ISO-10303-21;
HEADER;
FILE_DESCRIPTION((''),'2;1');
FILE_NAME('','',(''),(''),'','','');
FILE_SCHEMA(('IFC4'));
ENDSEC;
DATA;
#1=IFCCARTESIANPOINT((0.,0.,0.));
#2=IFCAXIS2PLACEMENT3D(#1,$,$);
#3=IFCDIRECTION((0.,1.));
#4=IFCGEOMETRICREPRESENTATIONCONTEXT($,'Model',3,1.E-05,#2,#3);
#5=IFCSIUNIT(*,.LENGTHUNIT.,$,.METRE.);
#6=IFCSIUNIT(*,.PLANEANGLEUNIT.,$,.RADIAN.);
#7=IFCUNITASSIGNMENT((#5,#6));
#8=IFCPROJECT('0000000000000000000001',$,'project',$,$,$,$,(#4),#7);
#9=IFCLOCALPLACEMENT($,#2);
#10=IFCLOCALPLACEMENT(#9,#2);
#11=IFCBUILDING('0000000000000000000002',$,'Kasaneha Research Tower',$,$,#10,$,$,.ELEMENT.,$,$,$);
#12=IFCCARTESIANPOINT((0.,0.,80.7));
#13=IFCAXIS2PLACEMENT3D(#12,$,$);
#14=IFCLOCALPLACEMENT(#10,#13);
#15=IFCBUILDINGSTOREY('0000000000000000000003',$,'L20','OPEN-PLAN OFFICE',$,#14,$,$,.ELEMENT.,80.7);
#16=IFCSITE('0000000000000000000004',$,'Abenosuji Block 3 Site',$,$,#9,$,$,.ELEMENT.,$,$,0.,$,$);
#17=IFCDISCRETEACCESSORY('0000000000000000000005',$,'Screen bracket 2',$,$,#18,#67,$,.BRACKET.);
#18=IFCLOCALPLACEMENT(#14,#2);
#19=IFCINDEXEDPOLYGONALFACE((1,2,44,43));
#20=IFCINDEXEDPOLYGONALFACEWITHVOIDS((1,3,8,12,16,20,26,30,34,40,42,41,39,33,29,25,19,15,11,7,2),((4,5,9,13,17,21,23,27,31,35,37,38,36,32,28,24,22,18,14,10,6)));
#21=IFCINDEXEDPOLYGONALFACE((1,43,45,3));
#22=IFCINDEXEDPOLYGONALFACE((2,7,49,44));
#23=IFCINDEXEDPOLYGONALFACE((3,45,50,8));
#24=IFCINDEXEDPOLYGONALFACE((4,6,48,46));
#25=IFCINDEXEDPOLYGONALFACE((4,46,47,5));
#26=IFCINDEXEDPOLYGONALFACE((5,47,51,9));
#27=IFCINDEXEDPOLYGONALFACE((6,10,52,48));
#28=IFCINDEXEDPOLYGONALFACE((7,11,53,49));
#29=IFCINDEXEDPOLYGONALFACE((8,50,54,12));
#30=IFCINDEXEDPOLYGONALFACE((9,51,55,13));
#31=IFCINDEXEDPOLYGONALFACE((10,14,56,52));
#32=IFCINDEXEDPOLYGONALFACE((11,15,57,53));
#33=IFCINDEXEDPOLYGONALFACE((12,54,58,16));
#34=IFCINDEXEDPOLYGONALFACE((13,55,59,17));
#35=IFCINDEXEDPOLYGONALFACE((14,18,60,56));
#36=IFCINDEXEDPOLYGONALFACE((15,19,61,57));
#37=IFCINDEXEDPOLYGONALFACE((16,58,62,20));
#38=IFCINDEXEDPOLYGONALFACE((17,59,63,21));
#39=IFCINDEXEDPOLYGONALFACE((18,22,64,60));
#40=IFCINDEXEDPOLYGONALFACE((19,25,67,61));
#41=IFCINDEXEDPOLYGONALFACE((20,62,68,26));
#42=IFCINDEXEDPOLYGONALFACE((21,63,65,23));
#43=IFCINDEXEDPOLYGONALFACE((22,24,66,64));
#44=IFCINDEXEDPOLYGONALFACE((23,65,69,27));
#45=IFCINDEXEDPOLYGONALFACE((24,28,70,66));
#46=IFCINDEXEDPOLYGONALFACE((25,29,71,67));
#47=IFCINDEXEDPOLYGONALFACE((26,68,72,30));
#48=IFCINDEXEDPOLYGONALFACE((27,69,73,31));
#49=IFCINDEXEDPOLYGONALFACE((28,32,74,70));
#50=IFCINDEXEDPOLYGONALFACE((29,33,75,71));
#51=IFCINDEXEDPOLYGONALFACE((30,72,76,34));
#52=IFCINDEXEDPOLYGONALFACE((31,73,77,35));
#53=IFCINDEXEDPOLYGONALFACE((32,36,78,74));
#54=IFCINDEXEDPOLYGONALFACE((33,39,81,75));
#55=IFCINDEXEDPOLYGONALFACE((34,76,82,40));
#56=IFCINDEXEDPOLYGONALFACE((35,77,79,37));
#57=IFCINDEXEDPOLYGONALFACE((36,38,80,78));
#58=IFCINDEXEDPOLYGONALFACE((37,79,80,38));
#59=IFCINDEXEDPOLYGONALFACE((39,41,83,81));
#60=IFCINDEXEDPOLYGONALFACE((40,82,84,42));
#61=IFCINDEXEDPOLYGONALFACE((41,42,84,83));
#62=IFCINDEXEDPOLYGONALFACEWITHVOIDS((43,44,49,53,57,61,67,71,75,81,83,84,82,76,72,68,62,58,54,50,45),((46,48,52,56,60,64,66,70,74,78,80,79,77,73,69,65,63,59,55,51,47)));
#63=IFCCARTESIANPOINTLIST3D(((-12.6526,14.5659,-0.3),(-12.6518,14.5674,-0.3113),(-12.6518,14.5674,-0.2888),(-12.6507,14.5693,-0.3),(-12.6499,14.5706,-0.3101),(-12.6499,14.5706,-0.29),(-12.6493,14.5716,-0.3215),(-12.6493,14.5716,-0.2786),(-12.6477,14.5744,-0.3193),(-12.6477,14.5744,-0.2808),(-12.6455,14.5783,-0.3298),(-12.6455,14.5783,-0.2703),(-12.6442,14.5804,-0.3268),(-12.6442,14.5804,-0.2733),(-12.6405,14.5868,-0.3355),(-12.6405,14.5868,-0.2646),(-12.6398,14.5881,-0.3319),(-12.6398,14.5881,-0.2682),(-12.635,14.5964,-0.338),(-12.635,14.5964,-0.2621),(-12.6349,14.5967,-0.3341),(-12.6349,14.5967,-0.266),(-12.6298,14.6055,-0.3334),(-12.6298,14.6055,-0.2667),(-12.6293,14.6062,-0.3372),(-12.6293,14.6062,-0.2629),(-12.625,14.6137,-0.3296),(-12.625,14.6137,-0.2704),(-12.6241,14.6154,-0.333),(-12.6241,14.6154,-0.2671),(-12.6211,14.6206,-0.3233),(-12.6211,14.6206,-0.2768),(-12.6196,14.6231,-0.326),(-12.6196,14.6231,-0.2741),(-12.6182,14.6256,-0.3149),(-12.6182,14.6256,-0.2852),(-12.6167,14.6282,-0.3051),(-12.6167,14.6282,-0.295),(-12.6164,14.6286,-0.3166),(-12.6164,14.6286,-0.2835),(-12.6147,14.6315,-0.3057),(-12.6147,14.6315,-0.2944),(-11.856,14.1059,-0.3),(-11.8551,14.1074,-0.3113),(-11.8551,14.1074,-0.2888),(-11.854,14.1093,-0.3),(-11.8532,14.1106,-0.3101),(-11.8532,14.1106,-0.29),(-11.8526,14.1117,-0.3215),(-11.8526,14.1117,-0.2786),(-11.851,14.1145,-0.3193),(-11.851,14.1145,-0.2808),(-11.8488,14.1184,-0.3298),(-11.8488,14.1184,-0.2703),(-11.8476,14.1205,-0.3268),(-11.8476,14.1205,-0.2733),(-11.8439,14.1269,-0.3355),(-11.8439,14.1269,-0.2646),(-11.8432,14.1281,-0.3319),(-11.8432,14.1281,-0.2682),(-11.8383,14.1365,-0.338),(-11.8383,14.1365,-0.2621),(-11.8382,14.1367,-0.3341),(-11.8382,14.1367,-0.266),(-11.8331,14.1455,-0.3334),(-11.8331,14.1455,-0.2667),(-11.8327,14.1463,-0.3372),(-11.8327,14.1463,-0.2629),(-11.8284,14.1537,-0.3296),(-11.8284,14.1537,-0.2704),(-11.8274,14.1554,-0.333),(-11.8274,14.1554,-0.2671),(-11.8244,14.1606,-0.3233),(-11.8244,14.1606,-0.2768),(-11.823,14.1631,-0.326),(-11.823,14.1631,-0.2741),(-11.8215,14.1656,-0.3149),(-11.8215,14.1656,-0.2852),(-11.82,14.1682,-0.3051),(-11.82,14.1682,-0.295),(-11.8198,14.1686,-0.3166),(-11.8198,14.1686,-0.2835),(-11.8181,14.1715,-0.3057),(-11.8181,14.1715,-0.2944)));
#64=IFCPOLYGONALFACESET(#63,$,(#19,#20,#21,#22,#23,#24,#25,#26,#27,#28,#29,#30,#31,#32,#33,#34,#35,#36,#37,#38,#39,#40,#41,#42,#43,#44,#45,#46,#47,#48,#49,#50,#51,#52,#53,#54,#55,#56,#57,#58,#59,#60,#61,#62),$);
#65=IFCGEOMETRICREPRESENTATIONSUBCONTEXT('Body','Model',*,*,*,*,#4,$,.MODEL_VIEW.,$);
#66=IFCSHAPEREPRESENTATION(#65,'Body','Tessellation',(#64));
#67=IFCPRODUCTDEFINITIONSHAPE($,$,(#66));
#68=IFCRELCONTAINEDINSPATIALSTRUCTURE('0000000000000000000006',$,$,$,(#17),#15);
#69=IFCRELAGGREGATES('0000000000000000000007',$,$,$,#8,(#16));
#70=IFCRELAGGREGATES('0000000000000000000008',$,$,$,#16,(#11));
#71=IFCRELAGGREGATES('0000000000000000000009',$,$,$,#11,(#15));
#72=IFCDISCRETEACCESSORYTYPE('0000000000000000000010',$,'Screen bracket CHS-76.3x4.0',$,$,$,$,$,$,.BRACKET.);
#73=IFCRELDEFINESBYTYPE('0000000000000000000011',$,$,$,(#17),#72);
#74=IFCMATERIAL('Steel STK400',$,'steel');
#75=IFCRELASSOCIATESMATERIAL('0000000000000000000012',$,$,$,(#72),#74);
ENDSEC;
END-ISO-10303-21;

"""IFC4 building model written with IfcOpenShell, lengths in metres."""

from ifc_helpers import new_model, si_unit, direction, frame, origin, origin_2d, place, context, subcontext, project, spatial, hollow_circle, extrude, material, material_profile, profile_set, type_object, element, save


model = new_model("IFC4")

# Units and contexts
model_context = context("Model", 3, precision=1e-05, world=origin(), true_north=direction((0.0, 1.0)))
body_context = subcontext(model_context, "Body", "Model", "MODEL_VIEW")
ifc_project = project(units=[si_unit("LENGTHUNIT", "METRE"), si_unit("PLANEANGLEUNIT", "RADIAN")], contexts=[model_context])

# Site, building, storey
site_placement = place(None, origin())
site = spatial("IfcSite", under=ifc_project, at=site_placement, Name="Abenosuji Block 3 Site", CompositionType="ELEMENT", RefElevation=0.0)
building_placement = place(site_placement, origin())
building = spatial("IfcBuilding", under=site, at=building_placement, Name="Kasaneha Research Tower", CompositionType="ELEMENT")
storey_placement = place(building_placement, frame((0.0, 0.0, 80.7)))
storey = spatial("IfcBuildingStorey", under=building, at=storey_placement, Name="L20", Description="OPEN-PLAN OFFICE", CompositionType="ELEMENT", Elevation=80.7)

# Discrete accessory
ifc_material_1 = material(Name="Steel STK400", Category="steel")
ifc_material_profile_1 = material_profile(ifc_material_1, hollow_circle(Radius=0.0381, WallThickness=0.0039, at=origin_2d()), Name="CHS-76.3x4.0")
ifc_profile_set_1 = profile_set([ifc_material_profile_1], Name="Steel STK400")
discrete_accessory_type = type_object("IfcDiscreteAccessoryType", Name="Screen bracket CHS-76.3x4.0", PredefinedType="BRACKET", material=ifc_profile_set_1)
discrete_accessory_1_placement = place(storey_placement, frame((-11.8369, 14.1389, -0.3), z_axis=(-0.866013, 0.500021, 0.0), x_axis=(-0.500021, -0.866013, 0.0)))
element("IfcDiscreteAccessory", 1, at=discrete_accessory_1_placement, inside=storey, type_object=discrete_accessory_type, Name="Screen bracket 2", PredefinedType="BRACKET", context=body_context, shape_type="SweptSolid", body=[
    extrude(hollow_circle(Radius=0.0381, WallThickness=0.0039, at=origin_2d()), origin(), (0.0, 0.0, 1.0), 0.9199),
])

save(model, "model.ifc")
